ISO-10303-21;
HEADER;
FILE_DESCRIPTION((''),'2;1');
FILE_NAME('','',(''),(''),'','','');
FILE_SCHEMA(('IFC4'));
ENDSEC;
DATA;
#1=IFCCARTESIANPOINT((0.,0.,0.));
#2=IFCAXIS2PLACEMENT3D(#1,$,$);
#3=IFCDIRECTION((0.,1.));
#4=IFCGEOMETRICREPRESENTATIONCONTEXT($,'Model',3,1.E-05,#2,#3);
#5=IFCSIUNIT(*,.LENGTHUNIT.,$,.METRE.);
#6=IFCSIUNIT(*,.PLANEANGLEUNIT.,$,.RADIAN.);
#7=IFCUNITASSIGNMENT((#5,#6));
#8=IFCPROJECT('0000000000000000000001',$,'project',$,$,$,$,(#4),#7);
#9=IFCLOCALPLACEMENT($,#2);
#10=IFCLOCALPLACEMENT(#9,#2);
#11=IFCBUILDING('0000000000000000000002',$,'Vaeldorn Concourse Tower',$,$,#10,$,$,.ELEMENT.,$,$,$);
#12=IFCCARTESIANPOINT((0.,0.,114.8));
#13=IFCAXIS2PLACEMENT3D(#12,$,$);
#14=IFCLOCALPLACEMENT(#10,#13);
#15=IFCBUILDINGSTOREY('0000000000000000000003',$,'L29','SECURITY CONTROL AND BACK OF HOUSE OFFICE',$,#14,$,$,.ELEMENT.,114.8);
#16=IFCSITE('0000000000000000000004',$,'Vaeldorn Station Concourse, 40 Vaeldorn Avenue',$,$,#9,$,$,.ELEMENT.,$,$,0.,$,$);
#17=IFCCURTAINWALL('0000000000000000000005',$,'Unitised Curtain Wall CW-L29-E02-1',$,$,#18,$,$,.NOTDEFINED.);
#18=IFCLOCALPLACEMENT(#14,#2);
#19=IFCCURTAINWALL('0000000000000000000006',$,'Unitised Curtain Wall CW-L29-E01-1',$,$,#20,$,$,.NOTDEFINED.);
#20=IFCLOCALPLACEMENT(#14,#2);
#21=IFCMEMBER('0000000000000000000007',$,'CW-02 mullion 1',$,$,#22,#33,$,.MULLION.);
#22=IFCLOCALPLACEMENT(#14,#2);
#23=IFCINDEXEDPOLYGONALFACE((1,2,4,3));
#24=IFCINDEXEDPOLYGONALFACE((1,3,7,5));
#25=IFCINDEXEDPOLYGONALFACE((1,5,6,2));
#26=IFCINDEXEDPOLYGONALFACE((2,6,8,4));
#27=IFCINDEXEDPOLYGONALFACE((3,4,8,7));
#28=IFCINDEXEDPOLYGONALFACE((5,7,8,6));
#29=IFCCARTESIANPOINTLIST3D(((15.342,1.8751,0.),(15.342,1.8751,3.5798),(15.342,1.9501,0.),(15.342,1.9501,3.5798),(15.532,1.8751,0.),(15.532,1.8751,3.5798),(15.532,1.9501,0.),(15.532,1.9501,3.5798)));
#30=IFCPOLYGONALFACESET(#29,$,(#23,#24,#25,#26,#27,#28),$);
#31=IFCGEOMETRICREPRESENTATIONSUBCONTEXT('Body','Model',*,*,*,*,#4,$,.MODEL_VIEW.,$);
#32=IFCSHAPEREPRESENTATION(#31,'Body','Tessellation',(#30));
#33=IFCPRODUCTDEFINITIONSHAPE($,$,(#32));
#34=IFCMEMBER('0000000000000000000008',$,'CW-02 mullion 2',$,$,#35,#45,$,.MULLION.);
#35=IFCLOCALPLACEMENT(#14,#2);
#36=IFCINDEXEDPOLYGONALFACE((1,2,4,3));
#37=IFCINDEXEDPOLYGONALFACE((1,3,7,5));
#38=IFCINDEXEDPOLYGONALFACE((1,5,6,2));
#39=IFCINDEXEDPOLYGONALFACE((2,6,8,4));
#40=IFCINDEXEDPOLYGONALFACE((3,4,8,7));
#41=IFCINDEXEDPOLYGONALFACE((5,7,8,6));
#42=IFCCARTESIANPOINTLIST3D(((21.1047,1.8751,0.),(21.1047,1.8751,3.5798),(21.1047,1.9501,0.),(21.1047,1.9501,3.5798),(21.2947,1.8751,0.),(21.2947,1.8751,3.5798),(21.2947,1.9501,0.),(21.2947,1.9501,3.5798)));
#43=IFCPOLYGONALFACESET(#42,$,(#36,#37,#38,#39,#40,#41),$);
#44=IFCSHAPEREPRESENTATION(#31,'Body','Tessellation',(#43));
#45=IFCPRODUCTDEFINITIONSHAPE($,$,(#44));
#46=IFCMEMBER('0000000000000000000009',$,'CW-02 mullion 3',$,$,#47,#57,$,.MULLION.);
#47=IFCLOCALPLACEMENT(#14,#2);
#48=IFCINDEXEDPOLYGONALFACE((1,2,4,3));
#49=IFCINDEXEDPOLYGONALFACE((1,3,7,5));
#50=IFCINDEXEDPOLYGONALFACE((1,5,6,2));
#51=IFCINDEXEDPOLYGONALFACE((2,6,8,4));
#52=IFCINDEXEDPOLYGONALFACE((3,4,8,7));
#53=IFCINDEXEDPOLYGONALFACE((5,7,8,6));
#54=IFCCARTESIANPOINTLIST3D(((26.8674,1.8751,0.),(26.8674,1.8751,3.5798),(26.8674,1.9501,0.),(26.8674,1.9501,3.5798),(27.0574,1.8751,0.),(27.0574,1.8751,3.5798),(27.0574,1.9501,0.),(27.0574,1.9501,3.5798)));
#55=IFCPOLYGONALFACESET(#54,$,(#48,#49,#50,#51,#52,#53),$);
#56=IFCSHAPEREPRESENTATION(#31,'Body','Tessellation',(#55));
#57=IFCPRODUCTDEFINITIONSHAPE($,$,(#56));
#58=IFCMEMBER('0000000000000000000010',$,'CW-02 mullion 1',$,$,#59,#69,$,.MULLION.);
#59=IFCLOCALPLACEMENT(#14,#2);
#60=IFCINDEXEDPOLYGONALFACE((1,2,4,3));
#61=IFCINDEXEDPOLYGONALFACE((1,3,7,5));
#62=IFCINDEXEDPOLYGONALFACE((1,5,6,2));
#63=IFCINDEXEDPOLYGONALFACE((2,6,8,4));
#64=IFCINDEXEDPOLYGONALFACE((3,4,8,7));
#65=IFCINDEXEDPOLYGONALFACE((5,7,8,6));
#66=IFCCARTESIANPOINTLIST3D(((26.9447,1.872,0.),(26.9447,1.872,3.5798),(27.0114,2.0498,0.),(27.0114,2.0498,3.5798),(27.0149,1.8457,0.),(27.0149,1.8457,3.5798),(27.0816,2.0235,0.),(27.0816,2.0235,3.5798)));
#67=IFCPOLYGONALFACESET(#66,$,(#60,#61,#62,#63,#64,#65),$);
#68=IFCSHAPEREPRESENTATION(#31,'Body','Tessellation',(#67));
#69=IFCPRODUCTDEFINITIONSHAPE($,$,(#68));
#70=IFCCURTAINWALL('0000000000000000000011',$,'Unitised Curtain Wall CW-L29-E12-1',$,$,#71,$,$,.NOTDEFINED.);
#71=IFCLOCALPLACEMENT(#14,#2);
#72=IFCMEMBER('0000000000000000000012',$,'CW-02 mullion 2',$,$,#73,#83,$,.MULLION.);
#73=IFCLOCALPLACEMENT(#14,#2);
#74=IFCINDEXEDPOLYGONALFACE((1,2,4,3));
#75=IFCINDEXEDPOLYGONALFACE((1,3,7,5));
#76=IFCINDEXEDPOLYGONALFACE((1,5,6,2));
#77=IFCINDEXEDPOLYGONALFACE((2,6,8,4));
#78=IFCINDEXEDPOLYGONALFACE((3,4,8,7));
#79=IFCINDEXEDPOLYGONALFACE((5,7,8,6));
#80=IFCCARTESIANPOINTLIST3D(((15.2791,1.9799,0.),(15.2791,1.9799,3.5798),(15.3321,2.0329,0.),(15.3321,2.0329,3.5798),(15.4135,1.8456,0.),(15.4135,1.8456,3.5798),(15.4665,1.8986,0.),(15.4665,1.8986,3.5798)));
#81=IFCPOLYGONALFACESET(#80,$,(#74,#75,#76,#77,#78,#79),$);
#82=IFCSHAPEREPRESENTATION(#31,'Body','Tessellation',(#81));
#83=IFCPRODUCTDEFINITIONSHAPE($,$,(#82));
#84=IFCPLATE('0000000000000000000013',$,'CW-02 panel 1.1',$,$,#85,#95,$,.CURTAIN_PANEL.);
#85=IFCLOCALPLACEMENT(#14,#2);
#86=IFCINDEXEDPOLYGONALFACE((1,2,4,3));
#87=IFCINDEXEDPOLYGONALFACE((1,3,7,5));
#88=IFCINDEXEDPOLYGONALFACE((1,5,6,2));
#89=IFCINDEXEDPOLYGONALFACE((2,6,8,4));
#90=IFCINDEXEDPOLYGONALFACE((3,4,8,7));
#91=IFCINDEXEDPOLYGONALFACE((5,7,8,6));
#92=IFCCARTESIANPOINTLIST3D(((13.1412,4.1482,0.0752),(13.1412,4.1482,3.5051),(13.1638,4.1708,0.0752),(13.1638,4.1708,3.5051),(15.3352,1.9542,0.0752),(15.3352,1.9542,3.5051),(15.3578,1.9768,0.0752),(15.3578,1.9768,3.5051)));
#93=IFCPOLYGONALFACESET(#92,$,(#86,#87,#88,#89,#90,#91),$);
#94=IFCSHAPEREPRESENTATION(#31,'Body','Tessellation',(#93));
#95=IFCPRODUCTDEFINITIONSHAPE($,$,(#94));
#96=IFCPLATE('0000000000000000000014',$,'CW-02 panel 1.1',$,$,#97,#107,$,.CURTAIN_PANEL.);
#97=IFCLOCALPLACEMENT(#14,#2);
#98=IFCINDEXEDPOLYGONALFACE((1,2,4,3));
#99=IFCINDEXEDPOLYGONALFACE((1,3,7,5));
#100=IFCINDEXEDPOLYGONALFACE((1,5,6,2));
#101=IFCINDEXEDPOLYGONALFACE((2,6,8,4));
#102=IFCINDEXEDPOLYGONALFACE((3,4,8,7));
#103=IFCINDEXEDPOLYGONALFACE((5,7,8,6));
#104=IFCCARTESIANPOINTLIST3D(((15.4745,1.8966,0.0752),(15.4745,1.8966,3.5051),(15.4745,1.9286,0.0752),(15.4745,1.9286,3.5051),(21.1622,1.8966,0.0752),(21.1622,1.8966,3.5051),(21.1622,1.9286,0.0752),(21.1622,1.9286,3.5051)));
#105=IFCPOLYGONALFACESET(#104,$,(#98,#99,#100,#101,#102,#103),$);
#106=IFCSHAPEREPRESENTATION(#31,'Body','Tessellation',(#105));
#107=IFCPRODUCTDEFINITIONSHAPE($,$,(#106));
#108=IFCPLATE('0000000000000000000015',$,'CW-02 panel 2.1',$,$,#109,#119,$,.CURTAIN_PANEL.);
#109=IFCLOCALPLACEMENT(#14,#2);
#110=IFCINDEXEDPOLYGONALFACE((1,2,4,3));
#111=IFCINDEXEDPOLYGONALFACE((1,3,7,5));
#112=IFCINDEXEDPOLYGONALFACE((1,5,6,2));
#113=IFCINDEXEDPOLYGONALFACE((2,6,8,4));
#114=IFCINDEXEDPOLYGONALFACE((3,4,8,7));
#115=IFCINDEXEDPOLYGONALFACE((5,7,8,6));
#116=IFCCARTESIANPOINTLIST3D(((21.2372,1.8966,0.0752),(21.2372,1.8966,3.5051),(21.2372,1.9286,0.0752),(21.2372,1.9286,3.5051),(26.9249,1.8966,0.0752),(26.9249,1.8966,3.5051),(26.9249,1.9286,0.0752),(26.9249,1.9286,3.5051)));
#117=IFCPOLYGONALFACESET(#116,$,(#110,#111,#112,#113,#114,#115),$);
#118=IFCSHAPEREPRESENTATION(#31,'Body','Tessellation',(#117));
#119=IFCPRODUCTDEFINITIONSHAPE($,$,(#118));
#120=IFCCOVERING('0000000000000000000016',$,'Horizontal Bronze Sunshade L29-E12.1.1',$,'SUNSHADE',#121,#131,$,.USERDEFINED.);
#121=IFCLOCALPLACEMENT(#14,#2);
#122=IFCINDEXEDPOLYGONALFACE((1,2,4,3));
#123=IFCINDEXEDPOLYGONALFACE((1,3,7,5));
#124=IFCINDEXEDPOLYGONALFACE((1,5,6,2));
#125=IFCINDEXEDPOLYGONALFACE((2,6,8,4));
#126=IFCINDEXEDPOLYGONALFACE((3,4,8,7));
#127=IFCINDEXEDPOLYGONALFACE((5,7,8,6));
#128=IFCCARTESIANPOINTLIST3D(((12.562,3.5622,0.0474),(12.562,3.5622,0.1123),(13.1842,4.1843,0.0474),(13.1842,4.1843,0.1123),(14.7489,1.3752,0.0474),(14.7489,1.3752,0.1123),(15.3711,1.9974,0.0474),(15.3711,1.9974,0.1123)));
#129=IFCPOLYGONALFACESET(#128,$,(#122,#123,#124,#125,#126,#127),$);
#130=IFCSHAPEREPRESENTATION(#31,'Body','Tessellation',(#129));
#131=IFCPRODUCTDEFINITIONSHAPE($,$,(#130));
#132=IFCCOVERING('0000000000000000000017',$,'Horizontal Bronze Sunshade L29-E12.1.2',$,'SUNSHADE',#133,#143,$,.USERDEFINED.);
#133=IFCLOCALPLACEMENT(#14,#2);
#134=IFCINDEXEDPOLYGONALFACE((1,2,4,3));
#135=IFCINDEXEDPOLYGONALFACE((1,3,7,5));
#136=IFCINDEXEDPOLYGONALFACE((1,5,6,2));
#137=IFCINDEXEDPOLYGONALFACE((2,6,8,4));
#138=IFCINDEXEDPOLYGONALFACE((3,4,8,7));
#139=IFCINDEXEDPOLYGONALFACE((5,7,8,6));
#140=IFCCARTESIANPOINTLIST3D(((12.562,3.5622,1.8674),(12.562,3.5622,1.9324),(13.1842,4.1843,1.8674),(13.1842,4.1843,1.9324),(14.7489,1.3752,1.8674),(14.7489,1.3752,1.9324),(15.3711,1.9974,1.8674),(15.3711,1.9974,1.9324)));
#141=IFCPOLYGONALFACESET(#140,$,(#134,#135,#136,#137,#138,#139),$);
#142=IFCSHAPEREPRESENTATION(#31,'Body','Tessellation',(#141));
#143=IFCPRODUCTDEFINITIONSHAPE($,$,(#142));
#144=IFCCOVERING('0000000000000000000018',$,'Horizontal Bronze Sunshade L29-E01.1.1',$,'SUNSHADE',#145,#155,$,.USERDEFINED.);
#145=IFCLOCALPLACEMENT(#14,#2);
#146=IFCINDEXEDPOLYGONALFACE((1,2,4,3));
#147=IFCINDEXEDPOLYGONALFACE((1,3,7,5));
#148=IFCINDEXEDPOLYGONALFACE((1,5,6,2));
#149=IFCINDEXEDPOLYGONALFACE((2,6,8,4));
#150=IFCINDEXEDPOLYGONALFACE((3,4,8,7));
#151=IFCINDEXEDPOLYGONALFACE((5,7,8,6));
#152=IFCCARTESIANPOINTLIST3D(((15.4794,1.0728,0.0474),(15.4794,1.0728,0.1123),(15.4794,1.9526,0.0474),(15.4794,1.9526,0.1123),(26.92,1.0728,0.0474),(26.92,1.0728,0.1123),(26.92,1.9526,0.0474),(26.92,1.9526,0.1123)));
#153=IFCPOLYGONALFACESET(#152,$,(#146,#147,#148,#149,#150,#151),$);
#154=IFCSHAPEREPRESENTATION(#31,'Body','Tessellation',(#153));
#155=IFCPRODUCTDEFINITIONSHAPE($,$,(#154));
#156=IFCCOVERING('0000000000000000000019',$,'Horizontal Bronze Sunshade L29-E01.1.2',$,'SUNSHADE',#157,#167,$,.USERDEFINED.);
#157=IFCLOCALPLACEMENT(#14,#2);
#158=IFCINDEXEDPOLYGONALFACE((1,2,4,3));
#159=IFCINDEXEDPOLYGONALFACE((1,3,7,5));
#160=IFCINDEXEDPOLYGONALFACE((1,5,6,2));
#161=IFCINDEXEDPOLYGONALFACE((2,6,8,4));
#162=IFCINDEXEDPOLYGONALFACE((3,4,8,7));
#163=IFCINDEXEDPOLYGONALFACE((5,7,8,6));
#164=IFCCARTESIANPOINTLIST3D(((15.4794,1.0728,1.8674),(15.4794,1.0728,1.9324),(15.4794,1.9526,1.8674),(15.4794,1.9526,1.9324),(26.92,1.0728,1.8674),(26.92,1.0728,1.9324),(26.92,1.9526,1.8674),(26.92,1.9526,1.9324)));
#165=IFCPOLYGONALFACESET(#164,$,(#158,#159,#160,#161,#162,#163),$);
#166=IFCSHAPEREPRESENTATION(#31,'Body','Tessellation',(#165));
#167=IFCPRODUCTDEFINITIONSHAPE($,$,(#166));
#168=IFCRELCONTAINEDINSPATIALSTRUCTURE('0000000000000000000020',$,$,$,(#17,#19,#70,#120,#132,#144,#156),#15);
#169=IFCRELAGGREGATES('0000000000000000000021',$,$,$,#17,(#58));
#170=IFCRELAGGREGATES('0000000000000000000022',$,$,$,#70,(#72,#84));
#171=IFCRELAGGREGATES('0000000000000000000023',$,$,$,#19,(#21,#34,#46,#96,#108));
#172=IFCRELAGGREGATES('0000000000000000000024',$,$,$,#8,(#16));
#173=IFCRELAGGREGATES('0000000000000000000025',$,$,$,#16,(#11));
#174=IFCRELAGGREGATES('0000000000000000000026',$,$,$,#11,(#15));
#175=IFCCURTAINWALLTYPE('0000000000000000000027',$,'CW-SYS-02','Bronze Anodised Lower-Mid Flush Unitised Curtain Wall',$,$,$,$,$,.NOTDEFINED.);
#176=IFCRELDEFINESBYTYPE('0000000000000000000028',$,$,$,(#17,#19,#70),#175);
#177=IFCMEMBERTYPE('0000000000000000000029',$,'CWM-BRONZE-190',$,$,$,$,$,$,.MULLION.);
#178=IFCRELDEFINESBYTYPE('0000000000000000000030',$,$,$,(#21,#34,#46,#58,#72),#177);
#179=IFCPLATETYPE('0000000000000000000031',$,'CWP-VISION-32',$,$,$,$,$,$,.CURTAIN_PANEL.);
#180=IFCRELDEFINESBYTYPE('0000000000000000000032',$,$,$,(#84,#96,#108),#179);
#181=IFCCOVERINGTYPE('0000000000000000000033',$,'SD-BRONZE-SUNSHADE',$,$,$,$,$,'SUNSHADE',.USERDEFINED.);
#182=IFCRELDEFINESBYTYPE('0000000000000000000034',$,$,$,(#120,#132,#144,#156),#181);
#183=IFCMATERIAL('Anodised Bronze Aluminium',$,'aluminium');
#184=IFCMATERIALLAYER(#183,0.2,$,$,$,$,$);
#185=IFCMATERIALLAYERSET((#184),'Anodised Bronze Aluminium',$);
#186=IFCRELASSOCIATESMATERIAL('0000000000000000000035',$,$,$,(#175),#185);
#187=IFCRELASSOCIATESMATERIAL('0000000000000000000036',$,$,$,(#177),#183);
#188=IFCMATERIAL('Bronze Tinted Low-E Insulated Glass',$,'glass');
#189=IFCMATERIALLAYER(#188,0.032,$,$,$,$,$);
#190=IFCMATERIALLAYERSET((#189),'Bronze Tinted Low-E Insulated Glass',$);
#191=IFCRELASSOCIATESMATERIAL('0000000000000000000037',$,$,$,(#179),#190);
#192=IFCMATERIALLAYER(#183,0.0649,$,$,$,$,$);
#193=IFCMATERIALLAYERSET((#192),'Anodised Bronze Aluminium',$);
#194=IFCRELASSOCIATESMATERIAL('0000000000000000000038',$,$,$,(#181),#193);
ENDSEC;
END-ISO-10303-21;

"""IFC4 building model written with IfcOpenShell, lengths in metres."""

from ifc_helpers import new_model, si_unit, direction, frame, origin, origin_2d, place, context, subcontext, project, spatial, rectangle, extrude, source, transform, mapped, material, layer, layer_set, material_profile, profile_set, type_object, element, aggregate, save


model = new_model("IFC4")

# Units and contexts
model_context = context("Model", 3, precision=1e-05, world=origin(), true_north=direction((0.0, 1.0)))
body_context = subcontext(model_context, "Body", "Model", "MODEL_VIEW")
ifc_project = project(units=[si_unit("LENGTHUNIT", "METRE"), si_unit("PLANEANGLEUNIT", "RADIAN")], contexts=[model_context])

# Site, building, storey
site_placement = place(None, origin())
site = spatial("IfcSite", under=ifc_project, at=site_placement, Name="Vaeldorn Station Concourse, 40 Vaeldorn Avenue", CompositionType="ELEMENT", RefElevation=0.0)
building_placement = place(site_placement, origin())
building = spatial("IfcBuilding", under=site, at=building_placement, Name="Vaeldorn Concourse Tower", CompositionType="ELEMENT")
storey_placement = place(building_placement, frame((0.0, 0.0, 114.8)))
storey = spatial("IfcBuildingStorey", under=building, at=storey_placement, Name="L29", Description="SECURITY CONTROL AND BACK OF HOUSE OFFICE", CompositionType="ELEMENT", Elevation=114.8)

# Curtain walls, members
ifc_material_1 = material(Name="Anodised Bronze Aluminium", Category="aluminium")
ifc_layer_1 = layer(ifc_material_1, 0.2)
ifc_layer_set_1 = layer_set([ifc_layer_1], Name="Anodised Bronze Aluminium")
curtain_wall_type = type_object("IfcCurtainWallType", Name="CW-SYS-02", Description="Bronze Anodised Lower-Mid Flush Unitised Curtain Wall", PredefinedType="NOTDEFINED", material=ifc_layer_set_1)
curtain_wall_1_placement = place(storey_placement, origin())
curtain_wall_1 = element("IfcCurtainWall", 1, at=curtain_wall_1_placement, inside=storey, type_object=curtain_wall_type, Name="Unitised Curtain Wall CW-L29-E02-1", PredefinedType="NOTDEFINED")
curtain_wall_2_placement = place(storey_placement, origin())
curtain_wall_2 = element("IfcCurtainWall", 2, at=curtain_wall_2_placement, inside=storey, type_object=curtain_wall_type, Name="Unitised Curtain Wall CW-L29-E01-1", PredefinedType="NOTDEFINED")
ifc_material_profile_1 = material_profile(ifc_material_1, rectangle(XDim=0.075, YDim=0.1899, at=origin_2d()), Name="CWM 75x190")
ifc_profile_set_1 = profile_set([ifc_material_profile_1], Name="Anodised Bronze Aluminium")
member_type_1 = type_object("IfcMemberType", Name="CWM-BRONZE-190", PredefinedType="MULLION", material=ifc_profile_set_1)
shared_shape_1 = source(origin(), body_context, "Body", "SweptSolid", [
    extrude(rectangle(XDim=0.075, YDim=0.1899, at=origin_2d()), origin(), (0.0, 0.0, 1.0), 3.5798),
])
member_1_placement = place(storey_placement, frame((15.437, 1.9126, 0.0), z_axis=(0.0, 0.0, 1.0), x_axis=(0.0, 1.0, 0.0)))
member_1 = element("IfcMember", 3, at=member_1_placement, type_object=member_type_1, Name="CW-02 mullion 1", PredefinedType="MULLION", context=body_context, shape_type="MappedRepresentation", body=[
    mapped(shared_shape_1, transform((0.0, 0.0, 0.0), scale=1.0)),
])
member_2_placement = place(storey_placement, frame((21.1997, 1.9126, 0.0), z_axis=(0.0, 0.0, 1.0), x_axis=(0.0, 1.0, 0.0)))
member_2 = element("IfcMember", 4, at=member_2_placement, type_object=member_type_1, Name="CW-02 mullion 2", PredefinedType="MULLION", context=body_context, shape_type="MappedRepresentation", body=[
    mapped(shared_shape_1, transform((0.0, 0.0, 0.0), scale=1.0)),
])
member_3_placement = place(storey_placement, frame((26.9624, 1.9126, 0.0), z_axis=(0.0, 0.0, 1.0), x_axis=(0.0, 1.0, 0.0)))
member_3 = element("IfcMember", 5, at=member_3_placement, type_object=member_type_1, Name="CW-02 mullion 3", PredefinedType="MULLION", context=body_context, shape_type="MappedRepresentation", body=[
    mapped(shared_shape_1, transform((0.0, 0.0, 0.0), scale=1.0)),
])

# Member
member_4_placement = place(storey_placement, frame((27.0132, 1.9478, 0.0), z_axis=(0.0, 0.0, 1.0), x_axis=(-0.936329, 0.351123, 0.0)))
member_4 = element("IfcMember", 6, at=member_4_placement, type_object=member_type_1, Name="CW-02 mullion 1", PredefinedType="MULLION", context=body_context, shape_type="MappedRepresentation", body=[
    mapped(shared_shape_1, transform((0.0, 0.0, 0.0), scale=1.0)),
])
aggregate(curtain_wall_1, [member_4])

# Curtain wall, member, plate
curtain_wall_3_placement = place(storey_placement, origin())
curtain_wall_3 = element("IfcCurtainWall", 7, at=curtain_wall_3_placement, inside=storey, type_object=curtain_wall_type, Name="Unitised Curtain Wall CW-L29-E12-1", PredefinedType="NOTDEFINED")
member_5_placement = place(storey_placement, frame((15.3728, 1.9392, 0.0), z_axis=(0.0, 0.0, 1.0), x_axis=(0.707107, 0.707107, 0.0)))
member_5 = element("IfcMember", 8, at=member_5_placement, type_object=member_type_1, Name="CW-02 mullion 2", PredefinedType="MULLION", context=body_context, shape_type="MappedRepresentation", body=[
    mapped(shared_shape_1, transform((0.0, 0.0, 0.0), scale=1.0)),
])
ifc_material_2 = material(Name="Bronze Tinted Low-E Insulated Glass", Category="glass")
ifc_layer_2 = layer(ifc_material_2, 0.032)
ifc_layer_set_2 = layer_set([ifc_layer_2], Name="Bronze Tinted Low-E Insulated Glass")
plate_type = type_object("IfcPlateType", Name="CWP-VISION-32", PredefinedType="CURTAIN_PANEL", material=ifc_layer_set_2)
shared_shape_2 = source(origin(), body_context, "Body", "SweptSolid", [
    extrude(rectangle(XDim=3.1028, YDim=0.032, at=origin_2d()), origin(), (0.0, 0.0, 1.0), 3.4299),
])
plate_1_placement = place(storey_placement, frame((14.2495, 3.0625, 0.0752), z_axis=(0.0, 0.0, 1.0), x_axis=(0.707107, -0.707107, 0.0)))
plate_1 = element("IfcPlate", 9, at=plate_1_placement, type_object=plate_type, Name="CW-02 panel 1.1", PredefinedType="CURTAIN_PANEL", context=body_context, shape_type="MappedRepresentation", body=[
    mapped(shared_shape_2, transform((0.0, 0.0, 0.0), scale=1.0)),
])
aggregate(curtain_wall_3, [member_5, plate_1])

# Plates
shared_shape_3 = source(origin(), body_context, "Body", "SweptSolid", [
    extrude(rectangle(XDim=5.6877, YDim=0.032, at=origin_2d()), origin(), (0.0, 0.0, 1.0), 3.4299),
])
plate_2_placement = place(storey_placement, frame((18.3184, 1.9126, 0.0752), z_axis=(0.0, 0.0, 1.0), x_axis=(1.0, 0.0, 0.0)))
plate_2 = element("IfcPlate", 10, at=plate_2_placement, type_object=plate_type, Name="CW-02 panel 1.1", PredefinedType="CURTAIN_PANEL", context=body_context, shape_type="MappedRepresentation", body=[
    mapped(shared_shape_3, transform((0.0, 0.0, 0.0), scale=1.0)),
])
plate_3_placement = place(storey_placement, frame((24.0811, 1.9126, 0.0752), z_axis=(0.0, 0.0, 1.0), x_axis=(1.0, 0.0, 0.0)))
plate_3 = element("IfcPlate", 11, at=plate_3_placement, type_object=plate_type, Name="CW-02 panel 2.1", PredefinedType="CURTAIN_PANEL", context=body_context, shape_type="MappedRepresentation", body=[
    mapped(shared_shape_3, transform((0.0, 0.0, 0.0), scale=1.0)),
])
aggregate(curtain_wall_2, [member_1, member_2, member_3, plate_2, plate_3])

# Coverings
ifc_layer_3 = layer(ifc_material_1, 0.0649)
ifc_layer_set_3 = layer_set([ifc_layer_3], Name="Anodised Bronze Aluminium")
covering_type = type_object("IfcCoveringType", Name="SD-BRONZE-SUNSHADE", ElementType="SUNSHADE", PredefinedType="USERDEFINED", material=ifc_layer_set_3)
shared_shape_4 = source(origin(), body_context, "Body", "SweptSolid", [
    extrude(rectangle(XDim=3.0928, YDim=0.8799, at=origin_2d()), origin(), (0.0, 0.0, 1.0), 0.0649),
])
for number, where, z_axis, x_axis, name in (
    (12, (13.9666, 2.7798, 0.0474), (0.0, 0.0, 1.0), (0.707107, -0.707107, 0.0), "Horizontal Bronze Sunshade L29-E12.1.1"),
    (13, (13.9666, 2.7798, 1.8674), (0.0, 0.0, 1.0), (0.707107, -0.707107, 0.0), "Horizontal Bronze Sunshade L29-E12.1.2"),
):
    element("IfcCovering", number, at=place(storey_placement, frame(where, z_axis=z_axis, x_axis=x_axis)), inside=storey, type_object=covering_type, Name=name, ObjectType="SUNSHADE", PredefinedType="USERDEFINED", context=body_context, shape_type="MappedRepresentation", body=[
        mapped(shared_shape_4, transform((0.0, 0.0, 0.0), scale=1.0)),
    ])
shared_shape_5 = source(origin(), body_context, "Body", "SweptSolid", [
    extrude(rectangle(XDim=11.4407, YDim=0.8799, at=origin_2d()), origin(), (0.0, 0.0, 1.0), 0.0649),
])
for number, where, z_axis, x_axis, name in (
    (14, (21.1997, 1.5127, 0.0474), (0.0, 0.0, 1.0), (1.0, 0.0, 0.0), "Horizontal Bronze Sunshade L29-E01.1.1"),
    (15, (21.1997, 1.5127, 1.8674), (0.0, 0.0, 1.0), (1.0, 0.0, 0.0), "Horizontal Bronze Sunshade L29-E01.1.2"),
):
    element("IfcCovering", number, at=place(storey_placement, frame(where, z_axis=z_axis, x_axis=x_axis)), inside=storey, type_object=covering_type, Name=name, ObjectType="SUNSHADE", PredefinedType="USERDEFINED", context=body_context, shape_type="MappedRepresentation", body=[
        mapped(shared_shape_5, transform((0.0, 0.0, 0.0), scale=1.0)),
    ])

save(model, "model.ifc")
